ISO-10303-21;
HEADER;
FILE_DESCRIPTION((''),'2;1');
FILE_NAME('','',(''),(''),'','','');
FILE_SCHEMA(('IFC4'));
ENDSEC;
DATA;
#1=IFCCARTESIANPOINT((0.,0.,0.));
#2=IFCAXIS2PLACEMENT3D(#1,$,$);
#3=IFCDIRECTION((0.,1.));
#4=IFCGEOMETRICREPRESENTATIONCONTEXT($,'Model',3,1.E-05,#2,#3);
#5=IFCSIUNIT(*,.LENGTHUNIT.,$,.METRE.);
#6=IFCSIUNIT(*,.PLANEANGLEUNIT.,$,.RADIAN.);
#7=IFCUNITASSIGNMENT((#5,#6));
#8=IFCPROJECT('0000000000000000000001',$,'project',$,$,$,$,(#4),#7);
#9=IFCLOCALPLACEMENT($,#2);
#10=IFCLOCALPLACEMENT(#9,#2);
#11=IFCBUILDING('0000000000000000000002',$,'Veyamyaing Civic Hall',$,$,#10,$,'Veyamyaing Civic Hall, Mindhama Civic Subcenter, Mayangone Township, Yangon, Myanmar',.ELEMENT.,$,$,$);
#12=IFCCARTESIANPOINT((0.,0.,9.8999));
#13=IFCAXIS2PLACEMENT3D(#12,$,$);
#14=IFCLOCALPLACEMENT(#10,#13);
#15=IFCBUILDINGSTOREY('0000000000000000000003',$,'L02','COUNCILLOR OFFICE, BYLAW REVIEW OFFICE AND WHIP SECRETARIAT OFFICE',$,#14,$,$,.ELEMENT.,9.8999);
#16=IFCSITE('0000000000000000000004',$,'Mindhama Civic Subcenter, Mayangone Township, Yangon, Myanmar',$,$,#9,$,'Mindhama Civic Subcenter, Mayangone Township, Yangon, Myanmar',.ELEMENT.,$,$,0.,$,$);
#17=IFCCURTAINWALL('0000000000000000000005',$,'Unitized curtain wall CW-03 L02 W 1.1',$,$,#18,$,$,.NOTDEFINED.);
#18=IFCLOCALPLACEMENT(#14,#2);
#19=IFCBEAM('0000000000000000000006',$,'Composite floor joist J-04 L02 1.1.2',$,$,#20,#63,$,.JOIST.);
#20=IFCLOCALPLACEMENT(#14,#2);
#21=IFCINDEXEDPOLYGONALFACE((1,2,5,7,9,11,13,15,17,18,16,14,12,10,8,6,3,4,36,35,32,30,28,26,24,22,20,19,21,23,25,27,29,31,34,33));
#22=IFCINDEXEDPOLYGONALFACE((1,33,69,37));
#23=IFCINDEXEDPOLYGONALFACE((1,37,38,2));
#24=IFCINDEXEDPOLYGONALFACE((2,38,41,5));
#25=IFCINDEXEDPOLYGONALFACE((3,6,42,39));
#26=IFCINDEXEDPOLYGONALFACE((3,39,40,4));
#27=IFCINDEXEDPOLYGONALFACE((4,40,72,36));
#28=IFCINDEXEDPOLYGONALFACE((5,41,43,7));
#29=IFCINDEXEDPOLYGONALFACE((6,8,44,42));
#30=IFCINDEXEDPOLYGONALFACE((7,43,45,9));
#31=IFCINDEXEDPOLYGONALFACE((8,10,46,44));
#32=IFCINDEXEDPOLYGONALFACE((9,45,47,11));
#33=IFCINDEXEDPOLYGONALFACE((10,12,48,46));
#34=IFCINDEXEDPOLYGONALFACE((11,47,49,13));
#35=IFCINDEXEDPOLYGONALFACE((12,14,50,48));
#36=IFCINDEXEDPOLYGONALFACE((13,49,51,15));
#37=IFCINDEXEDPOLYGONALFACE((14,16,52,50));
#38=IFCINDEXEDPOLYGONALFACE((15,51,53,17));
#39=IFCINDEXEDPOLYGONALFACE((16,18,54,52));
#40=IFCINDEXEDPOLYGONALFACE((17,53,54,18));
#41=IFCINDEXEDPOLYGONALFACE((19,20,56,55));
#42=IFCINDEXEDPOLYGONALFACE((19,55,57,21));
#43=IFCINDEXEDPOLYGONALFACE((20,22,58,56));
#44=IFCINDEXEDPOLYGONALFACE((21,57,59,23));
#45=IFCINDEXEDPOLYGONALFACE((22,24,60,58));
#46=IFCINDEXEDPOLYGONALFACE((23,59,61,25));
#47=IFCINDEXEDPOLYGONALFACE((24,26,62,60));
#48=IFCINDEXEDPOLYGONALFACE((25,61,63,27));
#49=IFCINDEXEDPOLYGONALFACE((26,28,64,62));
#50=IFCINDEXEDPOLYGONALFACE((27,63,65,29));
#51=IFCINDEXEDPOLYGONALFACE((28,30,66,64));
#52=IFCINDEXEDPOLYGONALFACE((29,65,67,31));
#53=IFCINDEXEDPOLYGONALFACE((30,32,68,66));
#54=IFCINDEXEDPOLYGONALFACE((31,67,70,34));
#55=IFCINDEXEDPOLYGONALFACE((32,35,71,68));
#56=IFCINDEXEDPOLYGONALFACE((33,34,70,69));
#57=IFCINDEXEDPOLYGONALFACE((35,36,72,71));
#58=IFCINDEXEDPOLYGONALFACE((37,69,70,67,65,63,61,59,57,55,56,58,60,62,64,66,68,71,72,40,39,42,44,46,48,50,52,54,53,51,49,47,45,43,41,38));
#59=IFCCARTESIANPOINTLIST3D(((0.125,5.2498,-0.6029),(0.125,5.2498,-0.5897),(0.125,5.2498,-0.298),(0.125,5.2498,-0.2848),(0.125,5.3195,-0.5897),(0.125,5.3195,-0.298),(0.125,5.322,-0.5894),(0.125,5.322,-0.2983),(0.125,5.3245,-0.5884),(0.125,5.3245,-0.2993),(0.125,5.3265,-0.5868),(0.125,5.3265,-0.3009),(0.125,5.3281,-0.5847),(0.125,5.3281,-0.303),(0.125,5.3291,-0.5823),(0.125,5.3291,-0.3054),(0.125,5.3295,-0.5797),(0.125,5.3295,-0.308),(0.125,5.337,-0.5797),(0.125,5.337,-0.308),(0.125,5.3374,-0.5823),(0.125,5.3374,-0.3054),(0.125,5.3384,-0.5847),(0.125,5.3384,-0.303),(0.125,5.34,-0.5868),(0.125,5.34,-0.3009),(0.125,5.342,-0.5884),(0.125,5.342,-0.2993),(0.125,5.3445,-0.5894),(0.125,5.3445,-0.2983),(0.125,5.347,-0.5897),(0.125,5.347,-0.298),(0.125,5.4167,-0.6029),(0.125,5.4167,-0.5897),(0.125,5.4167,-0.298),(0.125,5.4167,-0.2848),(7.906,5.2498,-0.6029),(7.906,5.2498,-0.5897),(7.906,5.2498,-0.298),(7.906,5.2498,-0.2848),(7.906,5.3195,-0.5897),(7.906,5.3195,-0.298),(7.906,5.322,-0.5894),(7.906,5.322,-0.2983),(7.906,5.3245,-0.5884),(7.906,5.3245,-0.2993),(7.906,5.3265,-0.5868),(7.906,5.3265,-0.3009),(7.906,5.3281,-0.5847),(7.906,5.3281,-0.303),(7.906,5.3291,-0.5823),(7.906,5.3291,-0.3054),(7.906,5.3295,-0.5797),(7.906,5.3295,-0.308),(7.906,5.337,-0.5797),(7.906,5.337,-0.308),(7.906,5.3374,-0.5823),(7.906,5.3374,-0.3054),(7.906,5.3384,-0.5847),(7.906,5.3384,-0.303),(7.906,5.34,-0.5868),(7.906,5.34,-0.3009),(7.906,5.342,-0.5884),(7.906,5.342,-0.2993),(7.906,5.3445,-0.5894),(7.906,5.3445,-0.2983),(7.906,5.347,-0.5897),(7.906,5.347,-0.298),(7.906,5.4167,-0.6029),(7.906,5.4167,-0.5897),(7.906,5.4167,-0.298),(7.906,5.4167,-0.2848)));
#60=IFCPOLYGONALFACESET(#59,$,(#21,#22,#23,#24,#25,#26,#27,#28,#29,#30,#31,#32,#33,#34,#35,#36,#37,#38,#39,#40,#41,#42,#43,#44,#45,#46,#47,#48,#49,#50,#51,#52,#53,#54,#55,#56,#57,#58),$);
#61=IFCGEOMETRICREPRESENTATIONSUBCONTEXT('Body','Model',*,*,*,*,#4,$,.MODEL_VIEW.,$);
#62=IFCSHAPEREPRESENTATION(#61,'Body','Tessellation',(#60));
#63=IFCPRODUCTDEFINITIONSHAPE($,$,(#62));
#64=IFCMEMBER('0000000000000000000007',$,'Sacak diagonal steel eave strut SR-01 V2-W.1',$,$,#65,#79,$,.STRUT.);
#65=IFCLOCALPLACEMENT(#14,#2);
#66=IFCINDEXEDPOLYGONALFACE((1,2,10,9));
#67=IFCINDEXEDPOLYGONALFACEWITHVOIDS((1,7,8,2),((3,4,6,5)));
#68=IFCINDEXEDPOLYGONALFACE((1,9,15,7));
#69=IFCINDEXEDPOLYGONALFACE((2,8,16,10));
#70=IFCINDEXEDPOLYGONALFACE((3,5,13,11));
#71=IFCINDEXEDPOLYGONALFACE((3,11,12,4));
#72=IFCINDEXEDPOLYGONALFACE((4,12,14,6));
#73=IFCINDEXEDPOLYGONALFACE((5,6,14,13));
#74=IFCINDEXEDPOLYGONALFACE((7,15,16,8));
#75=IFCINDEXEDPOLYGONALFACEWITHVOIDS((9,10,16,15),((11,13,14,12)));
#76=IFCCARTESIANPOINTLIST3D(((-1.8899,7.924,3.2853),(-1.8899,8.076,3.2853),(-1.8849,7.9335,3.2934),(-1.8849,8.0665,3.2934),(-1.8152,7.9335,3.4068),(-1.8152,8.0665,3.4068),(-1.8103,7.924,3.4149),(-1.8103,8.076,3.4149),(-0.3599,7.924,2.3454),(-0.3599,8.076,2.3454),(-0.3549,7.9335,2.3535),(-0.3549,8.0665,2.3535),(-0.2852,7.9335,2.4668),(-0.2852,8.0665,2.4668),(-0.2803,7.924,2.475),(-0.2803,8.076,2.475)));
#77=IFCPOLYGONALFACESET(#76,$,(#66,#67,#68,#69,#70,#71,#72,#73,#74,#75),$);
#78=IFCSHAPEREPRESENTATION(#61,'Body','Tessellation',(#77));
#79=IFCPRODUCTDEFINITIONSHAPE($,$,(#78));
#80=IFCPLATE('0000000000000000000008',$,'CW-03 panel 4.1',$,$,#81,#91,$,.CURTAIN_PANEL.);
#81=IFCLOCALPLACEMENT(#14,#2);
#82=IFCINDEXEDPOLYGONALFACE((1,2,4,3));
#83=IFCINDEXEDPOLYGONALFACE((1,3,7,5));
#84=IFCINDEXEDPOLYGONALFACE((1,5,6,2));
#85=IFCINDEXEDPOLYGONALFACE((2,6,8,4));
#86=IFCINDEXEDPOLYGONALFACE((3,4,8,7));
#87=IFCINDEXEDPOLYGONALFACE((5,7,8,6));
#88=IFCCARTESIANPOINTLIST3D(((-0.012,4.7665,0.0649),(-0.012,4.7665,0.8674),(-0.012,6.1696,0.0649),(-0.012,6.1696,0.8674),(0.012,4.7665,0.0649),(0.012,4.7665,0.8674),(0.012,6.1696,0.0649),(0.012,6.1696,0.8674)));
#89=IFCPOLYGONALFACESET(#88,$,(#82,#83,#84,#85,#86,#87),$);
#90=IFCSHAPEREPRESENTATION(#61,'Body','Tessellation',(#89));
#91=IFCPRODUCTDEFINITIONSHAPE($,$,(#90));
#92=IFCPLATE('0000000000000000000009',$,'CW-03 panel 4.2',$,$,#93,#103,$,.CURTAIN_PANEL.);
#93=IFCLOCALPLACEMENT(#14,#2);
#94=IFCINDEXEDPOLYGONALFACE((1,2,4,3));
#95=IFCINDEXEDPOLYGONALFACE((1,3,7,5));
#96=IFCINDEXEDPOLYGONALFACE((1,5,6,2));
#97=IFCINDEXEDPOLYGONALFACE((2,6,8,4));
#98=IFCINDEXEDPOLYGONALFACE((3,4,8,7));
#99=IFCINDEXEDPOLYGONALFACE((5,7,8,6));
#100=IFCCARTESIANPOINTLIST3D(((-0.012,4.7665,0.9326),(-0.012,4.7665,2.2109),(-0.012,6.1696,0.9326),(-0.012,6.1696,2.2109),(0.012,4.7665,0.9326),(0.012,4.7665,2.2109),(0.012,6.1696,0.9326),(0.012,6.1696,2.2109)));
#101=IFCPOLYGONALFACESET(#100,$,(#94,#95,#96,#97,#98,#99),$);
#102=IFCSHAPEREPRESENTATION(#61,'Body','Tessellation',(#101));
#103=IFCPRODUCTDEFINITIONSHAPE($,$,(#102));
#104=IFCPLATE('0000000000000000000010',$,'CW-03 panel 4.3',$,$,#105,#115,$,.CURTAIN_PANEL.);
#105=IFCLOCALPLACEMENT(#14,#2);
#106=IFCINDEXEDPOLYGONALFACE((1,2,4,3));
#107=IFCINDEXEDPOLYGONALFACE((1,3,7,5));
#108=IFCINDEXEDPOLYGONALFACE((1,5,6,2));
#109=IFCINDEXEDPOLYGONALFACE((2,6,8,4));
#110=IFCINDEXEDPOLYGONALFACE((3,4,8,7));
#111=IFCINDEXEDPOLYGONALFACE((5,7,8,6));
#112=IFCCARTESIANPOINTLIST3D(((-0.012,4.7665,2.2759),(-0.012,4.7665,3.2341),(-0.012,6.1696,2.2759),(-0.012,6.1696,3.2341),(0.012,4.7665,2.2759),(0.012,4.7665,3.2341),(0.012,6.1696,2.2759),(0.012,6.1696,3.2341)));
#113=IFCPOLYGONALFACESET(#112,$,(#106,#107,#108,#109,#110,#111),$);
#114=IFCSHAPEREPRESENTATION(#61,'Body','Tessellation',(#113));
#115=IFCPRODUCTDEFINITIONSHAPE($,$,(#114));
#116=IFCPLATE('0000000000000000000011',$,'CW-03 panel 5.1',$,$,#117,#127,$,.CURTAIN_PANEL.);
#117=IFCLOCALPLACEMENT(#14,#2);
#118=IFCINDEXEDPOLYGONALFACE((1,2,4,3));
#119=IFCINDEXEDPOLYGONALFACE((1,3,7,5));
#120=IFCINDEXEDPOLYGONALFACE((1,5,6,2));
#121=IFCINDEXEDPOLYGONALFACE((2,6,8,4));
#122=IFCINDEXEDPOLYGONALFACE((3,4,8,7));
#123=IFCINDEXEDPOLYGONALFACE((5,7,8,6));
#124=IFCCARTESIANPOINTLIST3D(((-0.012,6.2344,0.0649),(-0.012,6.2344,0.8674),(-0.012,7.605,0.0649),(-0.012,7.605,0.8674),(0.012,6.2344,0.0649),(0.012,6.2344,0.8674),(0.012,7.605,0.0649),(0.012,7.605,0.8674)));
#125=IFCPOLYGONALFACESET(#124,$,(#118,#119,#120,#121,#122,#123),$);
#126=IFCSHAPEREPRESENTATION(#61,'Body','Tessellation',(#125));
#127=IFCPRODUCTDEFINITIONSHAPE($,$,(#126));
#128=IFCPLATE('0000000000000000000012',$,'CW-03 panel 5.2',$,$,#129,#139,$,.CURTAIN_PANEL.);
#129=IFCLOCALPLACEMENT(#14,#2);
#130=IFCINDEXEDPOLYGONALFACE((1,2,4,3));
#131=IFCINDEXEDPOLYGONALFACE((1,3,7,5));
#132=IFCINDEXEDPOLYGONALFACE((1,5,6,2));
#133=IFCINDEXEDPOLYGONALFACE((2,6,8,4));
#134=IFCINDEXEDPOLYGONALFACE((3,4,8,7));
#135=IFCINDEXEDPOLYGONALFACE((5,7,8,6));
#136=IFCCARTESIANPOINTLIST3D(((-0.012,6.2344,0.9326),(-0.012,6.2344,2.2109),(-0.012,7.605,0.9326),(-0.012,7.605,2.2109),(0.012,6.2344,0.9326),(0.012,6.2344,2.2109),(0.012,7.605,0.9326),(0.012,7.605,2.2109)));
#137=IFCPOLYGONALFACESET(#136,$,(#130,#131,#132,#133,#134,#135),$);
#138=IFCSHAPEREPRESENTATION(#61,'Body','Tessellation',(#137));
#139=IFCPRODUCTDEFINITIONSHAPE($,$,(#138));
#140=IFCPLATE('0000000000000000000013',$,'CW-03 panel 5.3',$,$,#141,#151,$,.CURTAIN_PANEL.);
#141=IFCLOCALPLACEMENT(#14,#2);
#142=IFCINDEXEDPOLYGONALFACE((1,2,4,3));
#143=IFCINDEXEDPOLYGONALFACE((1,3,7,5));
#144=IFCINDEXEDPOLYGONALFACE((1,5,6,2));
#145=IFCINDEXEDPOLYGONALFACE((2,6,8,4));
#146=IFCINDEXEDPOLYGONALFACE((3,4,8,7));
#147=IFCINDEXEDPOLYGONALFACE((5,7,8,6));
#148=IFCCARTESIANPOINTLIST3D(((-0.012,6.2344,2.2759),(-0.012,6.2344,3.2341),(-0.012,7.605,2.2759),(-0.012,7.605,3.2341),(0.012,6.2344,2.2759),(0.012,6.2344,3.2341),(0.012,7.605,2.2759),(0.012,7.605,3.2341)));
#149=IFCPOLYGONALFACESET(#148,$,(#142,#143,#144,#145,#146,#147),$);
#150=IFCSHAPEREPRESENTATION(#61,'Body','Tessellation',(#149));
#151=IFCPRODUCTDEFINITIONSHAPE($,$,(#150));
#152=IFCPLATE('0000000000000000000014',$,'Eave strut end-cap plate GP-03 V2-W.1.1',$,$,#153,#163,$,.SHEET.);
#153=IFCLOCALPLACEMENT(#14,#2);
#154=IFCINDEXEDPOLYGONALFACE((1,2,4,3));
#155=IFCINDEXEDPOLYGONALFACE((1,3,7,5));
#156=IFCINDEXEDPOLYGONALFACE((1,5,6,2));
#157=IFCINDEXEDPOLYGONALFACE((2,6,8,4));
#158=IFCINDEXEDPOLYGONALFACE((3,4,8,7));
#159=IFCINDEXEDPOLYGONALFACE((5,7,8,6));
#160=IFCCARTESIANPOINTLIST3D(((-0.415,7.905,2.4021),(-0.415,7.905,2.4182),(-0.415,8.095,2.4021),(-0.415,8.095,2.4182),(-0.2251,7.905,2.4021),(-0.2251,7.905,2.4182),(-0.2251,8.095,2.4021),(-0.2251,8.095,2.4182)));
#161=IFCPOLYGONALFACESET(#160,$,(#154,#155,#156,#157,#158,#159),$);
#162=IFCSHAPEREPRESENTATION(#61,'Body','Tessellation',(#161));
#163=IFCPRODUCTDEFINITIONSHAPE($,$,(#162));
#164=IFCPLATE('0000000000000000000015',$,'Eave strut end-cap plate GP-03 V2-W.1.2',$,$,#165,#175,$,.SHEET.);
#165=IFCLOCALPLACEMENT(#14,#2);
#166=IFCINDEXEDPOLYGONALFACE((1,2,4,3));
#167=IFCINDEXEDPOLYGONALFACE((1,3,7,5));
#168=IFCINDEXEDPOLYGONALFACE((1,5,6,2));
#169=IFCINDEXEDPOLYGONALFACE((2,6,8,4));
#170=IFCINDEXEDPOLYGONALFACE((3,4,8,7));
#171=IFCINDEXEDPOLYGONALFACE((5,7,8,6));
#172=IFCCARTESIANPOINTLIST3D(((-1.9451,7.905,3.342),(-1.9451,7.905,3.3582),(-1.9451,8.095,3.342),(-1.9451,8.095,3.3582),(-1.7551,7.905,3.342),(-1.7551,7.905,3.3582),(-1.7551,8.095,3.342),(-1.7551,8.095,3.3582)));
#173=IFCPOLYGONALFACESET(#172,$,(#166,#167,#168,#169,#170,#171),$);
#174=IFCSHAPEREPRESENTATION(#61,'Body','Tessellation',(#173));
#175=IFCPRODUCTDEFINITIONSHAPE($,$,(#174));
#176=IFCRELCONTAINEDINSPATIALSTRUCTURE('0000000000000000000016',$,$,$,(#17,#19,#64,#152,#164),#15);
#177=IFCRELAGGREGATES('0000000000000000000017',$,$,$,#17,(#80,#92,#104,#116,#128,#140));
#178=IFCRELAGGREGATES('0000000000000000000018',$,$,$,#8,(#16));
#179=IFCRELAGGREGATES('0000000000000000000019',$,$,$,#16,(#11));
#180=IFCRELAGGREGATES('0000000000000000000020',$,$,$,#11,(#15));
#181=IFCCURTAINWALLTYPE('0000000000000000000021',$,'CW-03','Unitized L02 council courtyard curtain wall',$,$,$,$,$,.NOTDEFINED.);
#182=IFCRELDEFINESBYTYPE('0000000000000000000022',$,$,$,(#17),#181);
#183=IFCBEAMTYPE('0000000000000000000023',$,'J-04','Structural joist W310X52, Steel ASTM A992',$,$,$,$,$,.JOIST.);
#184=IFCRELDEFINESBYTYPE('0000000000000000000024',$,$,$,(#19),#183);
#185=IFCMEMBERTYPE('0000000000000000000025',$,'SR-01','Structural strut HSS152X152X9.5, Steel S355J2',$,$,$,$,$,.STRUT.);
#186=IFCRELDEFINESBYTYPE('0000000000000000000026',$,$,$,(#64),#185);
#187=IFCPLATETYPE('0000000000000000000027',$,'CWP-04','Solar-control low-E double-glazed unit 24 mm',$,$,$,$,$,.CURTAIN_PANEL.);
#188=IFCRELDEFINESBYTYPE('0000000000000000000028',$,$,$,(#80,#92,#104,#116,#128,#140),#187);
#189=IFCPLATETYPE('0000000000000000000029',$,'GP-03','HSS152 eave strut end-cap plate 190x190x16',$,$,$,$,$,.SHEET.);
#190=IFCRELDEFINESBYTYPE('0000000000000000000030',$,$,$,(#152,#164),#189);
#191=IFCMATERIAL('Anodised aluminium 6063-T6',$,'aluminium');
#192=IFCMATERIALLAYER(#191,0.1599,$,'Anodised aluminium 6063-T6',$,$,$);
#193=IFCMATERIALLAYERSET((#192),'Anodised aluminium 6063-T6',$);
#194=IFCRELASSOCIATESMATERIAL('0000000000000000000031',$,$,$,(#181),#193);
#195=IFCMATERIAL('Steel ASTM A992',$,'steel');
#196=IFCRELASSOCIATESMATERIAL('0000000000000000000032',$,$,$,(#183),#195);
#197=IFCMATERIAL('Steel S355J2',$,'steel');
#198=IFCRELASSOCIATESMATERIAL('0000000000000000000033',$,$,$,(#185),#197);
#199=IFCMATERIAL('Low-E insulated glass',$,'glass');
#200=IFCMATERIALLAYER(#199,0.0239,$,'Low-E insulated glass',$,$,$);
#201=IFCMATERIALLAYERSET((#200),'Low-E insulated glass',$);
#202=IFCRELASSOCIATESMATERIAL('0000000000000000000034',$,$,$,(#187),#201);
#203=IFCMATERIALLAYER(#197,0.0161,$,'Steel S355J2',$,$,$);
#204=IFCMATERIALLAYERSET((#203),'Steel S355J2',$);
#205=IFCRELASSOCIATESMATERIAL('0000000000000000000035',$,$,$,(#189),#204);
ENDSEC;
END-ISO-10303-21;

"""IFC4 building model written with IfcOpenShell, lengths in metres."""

from ifc_helpers import new_model, si_unit, direction, frame, origin, origin_2d, place, context, subcontext, project, spatial, rectangle, hollow_rectangle, i_section, extrude, material, layer, layer_set, material_profile, profile_set, type_object, element, aggregate, save


model = new_model("IFC4")

# Units and contexts
model_context = context("Model", 3, precision=1e-05, world=origin(), true_north=direction((0.0, 1.0)))
body_context = subcontext(model_context, "Body", "Model", "MODEL_VIEW")
ifc_project = project(units=[si_unit("LENGTHUNIT", "METRE"), si_unit("PLANEANGLEUNIT", "RADIAN")], contexts=[model_context])

# Site, building, storey
site_placement = place(None, origin())
site = spatial("IfcSite", under=ifc_project, at=site_placement, Name="Mindhama Civic Subcenter, Mayangone Township, Yangon, Myanmar", LongName="Mindhama Civic Subcenter, Mayangone Township, Yangon, Myanmar", CompositionType="ELEMENT", RefElevation=0.0)
building_placement = place(site_placement, origin())
building = spatial("IfcBuilding", under=site, at=building_placement, Name="Veyamyaing Civic Hall", LongName="Veyamyaing Civic Hall, Mindhama Civic Subcenter, Mayangone Township, Yangon, Myanmar", CompositionType="ELEMENT")
storey_placement = place(building_placement, frame((0.0, 0.0, 9.8999)))
storey = spatial("IfcBuildingStorey", under=building, at=storey_placement, Name="L02", Description="COUNCILLOR OFFICE, BYLAW REVIEW OFFICE AND WHIP SECRETARIAT OFFICE", CompositionType="ELEMENT", Elevation=9.8999)

# Curtain wall
ifc_material_1 = material(Name="Anodised aluminium 6063-T6", Category="aluminium")
ifc_layer_1 = layer(ifc_material_1, 0.1599, Name="Anodised aluminium 6063-T6")
ifc_layer_set_1 = layer_set([ifc_layer_1], Name="Anodised aluminium 6063-T6")
curtain_wall_type = type_object("IfcCurtainWallType", Name="CW-03", Description="Unitized L02 council courtyard curtain wall", PredefinedType="NOTDEFINED", material=ifc_layer_set_1)
curtain_wall_placement = place(storey_placement, origin())
curtain_wall = element("IfcCurtainWall", 1, at=curtain_wall_placement, inside=storey, type_object=curtain_wall_type, Name="Unitized curtain wall CW-03 L02 W 1.1", PredefinedType="NOTDEFINED")

# Beam
ifc_material_2 = material(Name="Steel ASTM A992", Category="steel")
ifc_material_profile_1 = material_profile(ifc_material_2, i_section(OverallWidth=0.167, OverallDepth=0.3181, WebThickness=0.0076, FlangeThickness=0.0132, FilletRadius=0.01, at=origin_2d()), Name="W310X52")
ifc_profile_set_1 = profile_set([ifc_material_profile_1], Name="Steel ASTM A992")
beam_type = type_object("IfcBeamType", Name="J-04", Description="Structural joist W310X52, Steel ASTM A992", PredefinedType="JOIST", material=ifc_profile_set_1)
beam_placement = place(storey_placement, frame((0.125, 5.3333, -0.4438), z_axis=(1.0, 0.0, 0.0), x_axis=(0.0, 1.0, 0.0)))
element("IfcBeam", 2, at=beam_placement, inside=storey, type_object=beam_type, Name="Composite floor joist J-04 L02 1.1.2", PredefinedType="JOIST", context=body_context, shape_type="SweptSolid", body=[
    extrude(i_section(OverallWidth=0.167, OverallDepth=0.3181, WebThickness=0.0076, FlangeThickness=0.0132, FilletRadius=0.01, at=origin_2d()), origin(), (0.0, 0.0, 1.0), 7.781),
])

# Member
ifc_material_3 = material(Name="Steel S355J2", Category="steel")
ifc_material_profile_2 = material_profile(ifc_material_3, hollow_rectangle(XDim=0.1521, YDim=0.1521, WallThickness=0.0095, at=origin_2d()), Name="HSS152X152X9.5")
ifc_profile_set_2 = profile_set([ifc_material_profile_2], Name="Steel S355J2")
member_type_1 = type_object("IfcMemberType", Name="SR-01", Description="Structural strut HSS152X152X9.5, Steel S355J2", PredefinedType="STRUT", material=ifc_profile_set_2)
member_1_placement = place(storey_placement, frame((-0.3201, 8.0, 2.4102), z_axis=(-0.85206, 0.0, 0.523445), x_axis=(0.0, -1.0, 0.0)))
element("IfcMember", 3, at=member_1_placement, inside=storey, type_object=member_type_1, Name="Sacak diagonal steel eave strut SR-01 V2-W.1", PredefinedType="STRUT", context=body_context, shape_type="SweptSolid", body=[
    extrude(hollow_rectangle(XDim=0.1521, YDim=0.1521, WallThickness=0.0095, at=origin_2d()), origin(), (0.0, 0.0, 1.0), 1.7957),
])

# Plates
ifc_material_4 = material(Name="Low-E insulated glass", Category="glass")
ifc_layer_2 = layer(ifc_material_4, 0.0239, Name="Low-E insulated glass")
ifc_layer_set_2 = layer_set([ifc_layer_2], Name="Low-E insulated glass")
plate_type_1 = type_object("IfcPlateType", Name="CWP-04", Description="Solar-control low-E double-glazed unit 24 mm", PredefinedType="CURTAIN_PANEL", material=ifc_layer_set_2)
plate_1_placement = place(storey_placement, frame((0.0, 5.468, 0.0649), z_axis=(0.0, 0.0, 1.0), x_axis=(0.0, 1.0, 0.0)))
plate_1 = element("IfcPlate", 4, at=plate_1_placement, type_object=plate_type_1, Name="CW-03 panel 4.1", PredefinedType="CURTAIN_PANEL", context=body_context, shape_type="SweptSolid", body=[
    extrude(rectangle(XDim=1.4031, YDim=0.0239, at=origin_2d()), origin(), (0.0, 0.0, 1.0), 0.8025),
])
plate_2_placement = place(storey_placement, frame((0.0, 5.468, 0.9326), z_axis=(0.0, 0.0, 1.0), x_axis=(0.0, 1.0, 0.0)))
plate_2 = element("IfcPlate", 5, at=plate_2_placement, type_object=plate_type_1, Name="CW-03 panel 4.2", PredefinedType="CURTAIN_PANEL", context=body_context, shape_type="SweptSolid", body=[
    extrude(rectangle(XDim=1.4031, YDim=0.0239, at=origin_2d()), origin(), (0.0, 0.0, 1.0), 1.2783),
])
plate_3_placement = place(storey_placement, frame((0.0, 5.468, 2.2759), z_axis=(0.0, 0.0, 1.0), x_axis=(0.0, 1.0, 0.0)))
plate_3 = element("IfcPlate", 6, at=plate_3_placement, type_object=plate_type_1, Name="CW-03 panel 4.3", PredefinedType="CURTAIN_PANEL", context=body_context, shape_type="SweptSolid", body=[
    extrude(rectangle(XDim=1.4031, YDim=0.0239, at=origin_2d()), origin(), (0.0, 0.0, 1.0), 0.9583),
])
plate_4_placement = place(storey_placement, frame((0.0, 6.9197, 0.0649), z_axis=(0.0, 0.0, 1.0), x_axis=(0.0, 1.0, 0.0)))
plate_4 = element("IfcPlate", 7, at=plate_4_placement, type_object=plate_type_1, Name="CW-03 panel 5.1", PredefinedType="CURTAIN_PANEL", context=body_context, shape_type="SweptSolid", body=[
    extrude(rectangle(XDim=1.3706, YDim=0.0239, at=origin_2d()), origin(), (0.0, 0.0, 1.0), 0.8025),
])
plate_5_placement = place(storey_placement, frame((0.0, 6.9197, 0.9326), z_axis=(0.0, 0.0, 1.0), x_axis=(0.0, 1.0, 0.0)))
plate_5 = element("IfcPlate", 8, at=plate_5_placement, type_object=plate_type_1, Name="CW-03 panel 5.2", PredefinedType="CURTAIN_PANEL", context=body_context, shape_type="SweptSolid", body=[
    extrude(rectangle(XDim=1.3706, YDim=0.0239, at=origin_2d()), origin(), (0.0, 0.0, 1.0), 1.2783),
])
plate_6_placement = place(storey_placement, frame((0.0, 6.9197, 2.2759), z_axis=(0.0, 0.0, 1.0), x_axis=(0.0, 1.0, 0.0)))
plate_6 = element("IfcPlate", 9, at=plate_6_placement, type_object=plate_type_1, Name="CW-03 panel 5.3", PredefinedType="CURTAIN_PANEL", context=body_context, shape_type="SweptSolid", body=[
    extrude(rectangle(XDim=1.3706, YDim=0.0239, at=origin_2d()), origin(), (0.0, 0.0, 1.0), 0.9583),
])
aggregate(curtain_wall, [plate_1, plate_2, plate_3, plate_4, plate_5, plate_6])

# Plates
ifc_layer_3 = layer(ifc_material_3, 0.0161, Name="Steel S355J2")
ifc_layer_set_3 = layer_set([ifc_layer_3], Name="Steel S355J2")
plate_type_2 = type_object("IfcPlateType", Name="GP-03", Description="HSS152 eave strut end-cap plate 190x190x16", PredefinedType="SHEET", material=ifc_layer_set_3)
for number, where, z_axis, x_axis, name in (
    (10, (-0.3201, 8.0, 2.4021), (0.0, 0.0, 1.0), (1.0, 0.0, 0.0), "Eave strut end-cap plate GP-03 V2-W.1.1"),
    (11, (-1.8501, 8.0, 3.342), (0.0, 0.0, 1.0), (1.0, 0.0, 0.0), "Eave strut end-cap plate GP-03 V2-W.1.2"),
):
    element("IfcPlate", number, at=place(storey_placement, frame(where, z_axis=z_axis, x_axis=x_axis)), inside=storey, type_object=plate_type_2, Name=name, PredefinedType="SHEET", context=body_context, shape_type="SweptSolid", body=[
        extrude(rectangle(XDim=0.1899, YDim=0.1899, at=origin_2d()), origin(), (0.0, 0.0, 1.0), 0.0161),
    ])

save(model, "model.ifc")
